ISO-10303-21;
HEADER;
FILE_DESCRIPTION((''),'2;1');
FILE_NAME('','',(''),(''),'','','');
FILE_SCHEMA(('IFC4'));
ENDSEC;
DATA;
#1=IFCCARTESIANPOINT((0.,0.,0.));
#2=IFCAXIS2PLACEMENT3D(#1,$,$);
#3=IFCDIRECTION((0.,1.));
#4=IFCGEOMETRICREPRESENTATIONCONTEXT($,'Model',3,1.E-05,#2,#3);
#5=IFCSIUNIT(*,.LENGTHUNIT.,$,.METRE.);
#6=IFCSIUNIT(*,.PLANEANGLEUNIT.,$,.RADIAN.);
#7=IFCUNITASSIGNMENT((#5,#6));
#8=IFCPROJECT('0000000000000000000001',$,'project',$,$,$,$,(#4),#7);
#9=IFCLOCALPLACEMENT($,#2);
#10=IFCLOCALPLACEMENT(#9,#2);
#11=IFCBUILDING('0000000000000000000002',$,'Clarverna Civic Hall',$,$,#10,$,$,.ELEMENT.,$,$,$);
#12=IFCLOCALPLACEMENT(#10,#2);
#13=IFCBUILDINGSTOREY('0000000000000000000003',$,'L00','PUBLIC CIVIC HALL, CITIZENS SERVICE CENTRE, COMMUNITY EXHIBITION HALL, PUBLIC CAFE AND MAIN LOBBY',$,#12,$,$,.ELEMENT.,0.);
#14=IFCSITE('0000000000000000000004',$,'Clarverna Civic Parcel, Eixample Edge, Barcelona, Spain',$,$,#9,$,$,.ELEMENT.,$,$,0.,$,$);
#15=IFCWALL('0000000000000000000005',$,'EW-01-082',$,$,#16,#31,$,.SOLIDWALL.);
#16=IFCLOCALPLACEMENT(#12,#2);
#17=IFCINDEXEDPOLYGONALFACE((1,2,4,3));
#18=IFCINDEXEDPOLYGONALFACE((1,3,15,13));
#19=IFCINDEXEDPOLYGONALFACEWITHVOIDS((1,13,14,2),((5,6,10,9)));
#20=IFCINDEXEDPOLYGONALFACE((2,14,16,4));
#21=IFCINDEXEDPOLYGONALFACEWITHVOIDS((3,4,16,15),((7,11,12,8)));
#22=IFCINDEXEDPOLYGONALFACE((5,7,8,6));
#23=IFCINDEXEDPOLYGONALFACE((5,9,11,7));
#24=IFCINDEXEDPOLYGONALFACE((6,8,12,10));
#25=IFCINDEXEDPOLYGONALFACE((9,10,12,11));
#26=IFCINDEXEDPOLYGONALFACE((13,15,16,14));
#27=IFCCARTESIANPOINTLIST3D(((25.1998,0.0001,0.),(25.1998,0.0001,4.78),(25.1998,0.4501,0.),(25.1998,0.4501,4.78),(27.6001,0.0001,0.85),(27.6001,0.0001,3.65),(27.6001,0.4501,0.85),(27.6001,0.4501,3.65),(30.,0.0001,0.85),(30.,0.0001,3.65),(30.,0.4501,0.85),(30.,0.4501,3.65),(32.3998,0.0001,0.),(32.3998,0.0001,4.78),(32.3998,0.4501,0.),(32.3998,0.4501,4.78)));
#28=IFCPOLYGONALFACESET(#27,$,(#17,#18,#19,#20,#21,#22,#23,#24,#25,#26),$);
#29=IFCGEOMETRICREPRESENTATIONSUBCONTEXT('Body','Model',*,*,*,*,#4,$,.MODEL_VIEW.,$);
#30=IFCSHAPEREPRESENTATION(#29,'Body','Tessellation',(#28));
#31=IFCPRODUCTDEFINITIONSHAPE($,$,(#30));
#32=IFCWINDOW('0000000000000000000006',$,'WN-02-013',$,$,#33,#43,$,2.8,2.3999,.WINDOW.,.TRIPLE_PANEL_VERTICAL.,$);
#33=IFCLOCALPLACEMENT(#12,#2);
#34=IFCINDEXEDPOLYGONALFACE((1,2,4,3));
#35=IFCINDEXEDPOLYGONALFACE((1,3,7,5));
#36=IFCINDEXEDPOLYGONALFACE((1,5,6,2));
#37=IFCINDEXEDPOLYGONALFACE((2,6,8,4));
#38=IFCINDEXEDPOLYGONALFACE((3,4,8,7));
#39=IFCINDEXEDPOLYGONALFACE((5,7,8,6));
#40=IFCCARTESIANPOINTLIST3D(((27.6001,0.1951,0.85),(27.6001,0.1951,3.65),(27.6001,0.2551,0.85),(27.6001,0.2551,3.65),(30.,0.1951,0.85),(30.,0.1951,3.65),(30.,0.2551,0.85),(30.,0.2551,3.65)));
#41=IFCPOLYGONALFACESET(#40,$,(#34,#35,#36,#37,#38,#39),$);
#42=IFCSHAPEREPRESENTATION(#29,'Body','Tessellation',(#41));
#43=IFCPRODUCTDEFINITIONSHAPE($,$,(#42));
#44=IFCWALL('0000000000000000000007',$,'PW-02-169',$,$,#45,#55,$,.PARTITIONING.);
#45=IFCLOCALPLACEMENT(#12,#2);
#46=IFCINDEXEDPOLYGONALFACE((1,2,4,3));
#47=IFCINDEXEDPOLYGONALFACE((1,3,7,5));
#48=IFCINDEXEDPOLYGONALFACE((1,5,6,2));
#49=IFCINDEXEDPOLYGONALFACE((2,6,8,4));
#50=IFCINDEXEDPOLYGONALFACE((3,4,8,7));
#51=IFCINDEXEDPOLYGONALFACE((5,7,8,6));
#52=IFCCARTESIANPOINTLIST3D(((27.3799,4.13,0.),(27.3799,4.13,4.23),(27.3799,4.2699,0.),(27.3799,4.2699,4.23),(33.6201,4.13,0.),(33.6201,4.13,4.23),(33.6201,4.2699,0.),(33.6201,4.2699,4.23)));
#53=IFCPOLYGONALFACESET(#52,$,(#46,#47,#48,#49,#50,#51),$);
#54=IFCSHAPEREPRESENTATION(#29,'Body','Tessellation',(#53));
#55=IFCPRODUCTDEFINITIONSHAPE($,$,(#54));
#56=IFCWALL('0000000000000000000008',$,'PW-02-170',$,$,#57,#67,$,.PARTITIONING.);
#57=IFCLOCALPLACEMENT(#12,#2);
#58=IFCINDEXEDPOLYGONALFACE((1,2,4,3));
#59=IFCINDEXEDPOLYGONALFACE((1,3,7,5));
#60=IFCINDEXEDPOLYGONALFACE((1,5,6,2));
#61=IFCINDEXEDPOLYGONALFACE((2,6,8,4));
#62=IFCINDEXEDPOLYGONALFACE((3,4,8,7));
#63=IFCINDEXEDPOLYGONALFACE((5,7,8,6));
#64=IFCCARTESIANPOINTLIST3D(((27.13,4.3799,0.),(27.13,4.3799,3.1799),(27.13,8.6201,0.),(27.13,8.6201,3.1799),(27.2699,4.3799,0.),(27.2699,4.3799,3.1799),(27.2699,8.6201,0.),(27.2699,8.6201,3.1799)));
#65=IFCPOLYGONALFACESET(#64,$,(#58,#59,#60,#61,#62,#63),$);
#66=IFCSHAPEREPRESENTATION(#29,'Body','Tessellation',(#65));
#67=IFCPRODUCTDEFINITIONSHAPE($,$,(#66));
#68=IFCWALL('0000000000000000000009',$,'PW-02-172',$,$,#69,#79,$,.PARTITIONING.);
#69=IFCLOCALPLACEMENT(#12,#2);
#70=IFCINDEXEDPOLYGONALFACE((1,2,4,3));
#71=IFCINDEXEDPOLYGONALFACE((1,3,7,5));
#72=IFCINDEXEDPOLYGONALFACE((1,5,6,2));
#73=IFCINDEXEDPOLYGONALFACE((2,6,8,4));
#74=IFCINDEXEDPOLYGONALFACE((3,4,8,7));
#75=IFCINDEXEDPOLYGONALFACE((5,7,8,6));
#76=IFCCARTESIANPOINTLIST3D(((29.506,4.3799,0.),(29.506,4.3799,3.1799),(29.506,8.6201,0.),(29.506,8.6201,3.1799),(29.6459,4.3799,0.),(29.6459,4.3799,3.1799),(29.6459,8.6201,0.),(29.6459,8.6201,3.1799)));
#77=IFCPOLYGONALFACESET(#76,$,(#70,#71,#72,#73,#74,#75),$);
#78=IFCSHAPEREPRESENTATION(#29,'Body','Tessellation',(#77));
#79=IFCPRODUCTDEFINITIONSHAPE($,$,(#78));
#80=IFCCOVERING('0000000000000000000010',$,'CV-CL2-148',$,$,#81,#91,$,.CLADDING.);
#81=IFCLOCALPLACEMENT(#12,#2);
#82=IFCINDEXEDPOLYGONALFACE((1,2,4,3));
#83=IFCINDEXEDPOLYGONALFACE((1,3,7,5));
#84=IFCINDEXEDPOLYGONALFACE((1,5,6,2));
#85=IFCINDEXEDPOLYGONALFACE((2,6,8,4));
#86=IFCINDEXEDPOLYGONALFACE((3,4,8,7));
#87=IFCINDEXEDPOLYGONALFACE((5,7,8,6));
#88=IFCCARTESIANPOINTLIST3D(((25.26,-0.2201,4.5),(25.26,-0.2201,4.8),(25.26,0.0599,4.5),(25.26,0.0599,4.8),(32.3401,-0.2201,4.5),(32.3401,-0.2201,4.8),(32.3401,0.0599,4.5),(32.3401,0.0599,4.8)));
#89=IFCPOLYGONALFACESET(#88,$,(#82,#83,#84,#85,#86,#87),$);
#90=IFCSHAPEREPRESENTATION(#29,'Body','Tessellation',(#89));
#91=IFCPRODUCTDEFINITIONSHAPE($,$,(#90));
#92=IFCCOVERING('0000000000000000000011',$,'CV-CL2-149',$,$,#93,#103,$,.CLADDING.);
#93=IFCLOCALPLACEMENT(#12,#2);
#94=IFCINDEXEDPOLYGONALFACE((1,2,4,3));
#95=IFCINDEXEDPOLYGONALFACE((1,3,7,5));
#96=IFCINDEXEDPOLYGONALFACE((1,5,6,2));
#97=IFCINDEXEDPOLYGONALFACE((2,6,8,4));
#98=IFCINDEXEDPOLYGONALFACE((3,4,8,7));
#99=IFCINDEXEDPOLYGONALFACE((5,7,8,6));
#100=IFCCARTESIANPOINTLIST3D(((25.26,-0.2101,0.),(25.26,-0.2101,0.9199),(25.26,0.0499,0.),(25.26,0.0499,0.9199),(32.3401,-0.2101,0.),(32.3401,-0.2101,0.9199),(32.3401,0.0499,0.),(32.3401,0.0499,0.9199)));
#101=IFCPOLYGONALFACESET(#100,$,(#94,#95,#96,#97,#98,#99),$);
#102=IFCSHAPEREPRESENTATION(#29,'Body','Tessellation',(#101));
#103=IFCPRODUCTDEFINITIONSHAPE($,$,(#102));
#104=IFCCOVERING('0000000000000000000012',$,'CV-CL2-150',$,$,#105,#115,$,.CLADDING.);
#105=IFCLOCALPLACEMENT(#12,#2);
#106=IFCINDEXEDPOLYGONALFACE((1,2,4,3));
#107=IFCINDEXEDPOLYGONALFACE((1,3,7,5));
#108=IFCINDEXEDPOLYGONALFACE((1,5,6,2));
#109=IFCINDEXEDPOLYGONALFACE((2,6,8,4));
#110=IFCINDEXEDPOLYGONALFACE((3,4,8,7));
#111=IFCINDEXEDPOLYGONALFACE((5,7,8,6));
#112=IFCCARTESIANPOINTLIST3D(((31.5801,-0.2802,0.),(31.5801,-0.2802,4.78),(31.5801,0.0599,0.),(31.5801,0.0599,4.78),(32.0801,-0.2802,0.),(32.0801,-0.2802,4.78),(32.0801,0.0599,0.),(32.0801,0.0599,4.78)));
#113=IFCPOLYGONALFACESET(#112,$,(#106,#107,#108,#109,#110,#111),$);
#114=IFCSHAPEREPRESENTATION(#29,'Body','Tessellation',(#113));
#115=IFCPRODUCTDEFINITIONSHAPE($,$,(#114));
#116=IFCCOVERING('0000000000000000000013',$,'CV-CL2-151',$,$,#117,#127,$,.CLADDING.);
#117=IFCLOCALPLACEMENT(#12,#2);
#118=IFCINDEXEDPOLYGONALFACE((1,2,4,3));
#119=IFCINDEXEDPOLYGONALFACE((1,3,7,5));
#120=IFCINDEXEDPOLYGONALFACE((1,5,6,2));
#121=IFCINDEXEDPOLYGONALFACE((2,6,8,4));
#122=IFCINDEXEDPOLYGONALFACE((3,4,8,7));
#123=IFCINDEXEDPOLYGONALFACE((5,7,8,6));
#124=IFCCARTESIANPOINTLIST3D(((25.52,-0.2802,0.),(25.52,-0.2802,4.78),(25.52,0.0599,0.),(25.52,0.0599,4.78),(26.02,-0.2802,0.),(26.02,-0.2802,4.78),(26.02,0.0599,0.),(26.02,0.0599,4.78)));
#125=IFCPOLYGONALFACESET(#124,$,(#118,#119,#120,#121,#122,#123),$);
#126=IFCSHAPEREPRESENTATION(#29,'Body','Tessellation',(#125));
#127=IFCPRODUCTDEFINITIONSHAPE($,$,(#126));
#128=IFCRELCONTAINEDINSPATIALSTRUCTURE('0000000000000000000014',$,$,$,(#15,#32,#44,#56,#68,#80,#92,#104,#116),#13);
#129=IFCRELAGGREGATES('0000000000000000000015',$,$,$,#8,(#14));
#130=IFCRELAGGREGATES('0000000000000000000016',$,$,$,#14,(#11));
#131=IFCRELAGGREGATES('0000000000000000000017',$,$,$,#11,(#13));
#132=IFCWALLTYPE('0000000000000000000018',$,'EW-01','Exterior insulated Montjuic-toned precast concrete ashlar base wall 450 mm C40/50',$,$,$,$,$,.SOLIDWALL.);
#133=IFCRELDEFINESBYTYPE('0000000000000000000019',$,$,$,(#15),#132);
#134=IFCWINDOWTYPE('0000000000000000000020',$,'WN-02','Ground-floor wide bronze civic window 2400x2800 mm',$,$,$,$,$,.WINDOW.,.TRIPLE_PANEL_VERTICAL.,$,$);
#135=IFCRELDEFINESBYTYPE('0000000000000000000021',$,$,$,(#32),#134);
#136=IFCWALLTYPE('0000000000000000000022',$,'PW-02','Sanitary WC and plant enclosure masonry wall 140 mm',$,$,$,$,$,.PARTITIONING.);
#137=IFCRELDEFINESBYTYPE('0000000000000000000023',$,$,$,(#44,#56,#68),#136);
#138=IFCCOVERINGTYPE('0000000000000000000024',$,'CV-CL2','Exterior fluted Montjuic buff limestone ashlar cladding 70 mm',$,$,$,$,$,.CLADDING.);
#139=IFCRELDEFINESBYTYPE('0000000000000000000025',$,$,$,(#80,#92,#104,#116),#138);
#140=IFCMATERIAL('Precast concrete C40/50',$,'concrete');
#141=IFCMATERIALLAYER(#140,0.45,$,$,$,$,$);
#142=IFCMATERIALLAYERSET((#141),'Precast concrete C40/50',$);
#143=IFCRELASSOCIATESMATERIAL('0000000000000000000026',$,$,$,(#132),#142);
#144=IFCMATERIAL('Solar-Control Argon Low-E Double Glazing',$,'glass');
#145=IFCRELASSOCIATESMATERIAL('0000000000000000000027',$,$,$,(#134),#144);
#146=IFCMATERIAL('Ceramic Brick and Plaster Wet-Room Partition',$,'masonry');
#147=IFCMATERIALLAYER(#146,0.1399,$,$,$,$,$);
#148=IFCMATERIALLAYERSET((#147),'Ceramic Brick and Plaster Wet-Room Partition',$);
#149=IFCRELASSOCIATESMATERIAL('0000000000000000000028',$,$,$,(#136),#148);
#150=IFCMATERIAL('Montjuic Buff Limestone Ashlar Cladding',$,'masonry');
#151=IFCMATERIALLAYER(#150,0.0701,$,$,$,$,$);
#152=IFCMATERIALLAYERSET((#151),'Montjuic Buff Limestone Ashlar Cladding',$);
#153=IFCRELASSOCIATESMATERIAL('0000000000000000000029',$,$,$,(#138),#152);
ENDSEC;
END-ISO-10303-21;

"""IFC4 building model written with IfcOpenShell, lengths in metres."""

from ifc_helpers import new_model, si_unit, direction, frame, frame_2d, origin, place, context, subcontext, project, spatial, rectangle, extrude, material, layer, layer_set, type_object, element, fill, save


model = new_model("IFC4")

# Units and contexts
model_context = context("Model", 3, precision=1e-05, world=origin(), true_north=direction((0.0, 1.0)))
body_context = subcontext(model_context, "Body", "Model", "MODEL_VIEW")
ifc_project = project(units=[si_unit("LENGTHUNIT", "METRE"), si_unit("PLANEANGLEUNIT", "RADIAN")], contexts=[model_context])

# Site, building, storey
site_placement = place(None, origin())
site = spatial("IfcSite", under=ifc_project, at=site_placement, Name="Clarverna Civic Parcel, Eixample Edge, Barcelona, Spain", CompositionType="ELEMENT", RefElevation=0.0)
building_placement = place(site_placement, origin())
building = spatial("IfcBuilding", under=site, at=building_placement, Name="Clarverna Civic Hall", CompositionType="ELEMENT")
storey_placement = place(building_placement, origin())
storey = spatial("IfcBuildingStorey", under=building, at=storey_placement, Name="L00", Description="PUBLIC CIVIC HALL, CITIZENS SERVICE CENTRE, COMMUNITY EXHIBITION HALL, PUBLIC CAFE AND MAIN LOBBY", CompositionType="ELEMENT", Elevation=0.0)

# Wall, opening, window
ifc_material_1 = material(Name="Precast concrete C40/50", Category="concrete")
ifc_layer_1 = layer(ifc_material_1, 0.45)
ifc_layer_set_1 = layer_set([ifc_layer_1], Name="Precast concrete C40/50")
wall_type_1 = type_object("IfcWallType", Name="EW-01", Description="Exterior insulated Montjuic-toned precast concrete ashlar base wall 450 mm C40/50", PredefinedType="SOLIDWALL", material=ifc_layer_set_1)
wall_1_placement = place(storey_placement, frame((32.3999, 0.2251, 0.0), z_axis=(0.0, 0.0, 1.0), x_axis=(-1.0, 0.0, 0.0)))
wall_1 = element("IfcWall", 1, at=wall_1_placement, inside=storey, type_object=wall_type_1, Name="EW-01-082", PredefinedType="SOLIDWALL", context=body_context, shape_type="SweptSolid", body=[
    extrude(rectangle(XDim=7.2, YDim=0.45, at=frame_2d((3.6001, 0.0))), origin(), (0.0, 0.0, 1.0), 4.78),
])
opening_1_placement = place(wall_1_placement, frame((2.3999, 0.0, 0.8501)))
opening_1 = element("IfcOpeningElement", 2, at=opening_1_placement, cuts=wall_1, PredefinedType="OPENING", context=body_context, shape_type="SweptSolid", body=[
    extrude(rectangle(XDim=2.3999, YDim=2.8, at=frame_2d((1.2, 1.3999))), frame((0.0, 0.2349, 0.0), z_axis=(0.0, -1.0, 0.0), x_axis=(1.0, 0.0, 0.0)), (0.0, 0.0, 1.0), 0.47),
])
ifc_material_2 = material(Name="Solar-Control Argon Low-E Double Glazing", Category="glass")
window_type = type_object("IfcWindowType", Name="WN-02", Description="Ground-floor wide bronze civic window 2400x2800 mm", PartitioningType="TRIPLE_PANEL_VERTICAL", PredefinedType="WINDOW", material=ifc_material_2)
window_placement = place(opening_1_placement, origin())
window = element("IfcWindow", 3, at=window_placement, inside=storey, type_object=window_type, Name="WN-02-013", OverallHeight=2.8, OverallWidth=2.3999, PartitioningType="TRIPLE_PANEL_VERTICAL", PredefinedType="WINDOW", context=body_context, shape_type="SweptSolid", body=[
    extrude(rectangle(XDim=2.3999, YDim=2.8, at=frame_2d((1.2, 1.3999))), frame((0.0, 0.03, 0.0), z_axis=(0.0, -1.0, 0.0), x_axis=(1.0, 0.0, 0.0)), (0.0, 0.0, 1.0), 0.0601),
])
fill(opening_1, window)

# Walls
ifc_material_3 = material(Name="Ceramic Brick and Plaster Wet-Room Partition", Category="masonry")
ifc_layer_2 = layer(ifc_material_3, 0.1399)
ifc_layer_set_2 = layer_set([ifc_layer_2], Name="Ceramic Brick and Plaster Wet-Room Partition")
wall_type_2 = type_object("IfcWallType", Name="PW-02", Description="Sanitary WC and plant enclosure masonry wall 140 mm", PredefinedType="PARTITIONING", material=ifc_layer_set_2)
wall_2_placement = place(storey_placement, frame((27.3799, 4.2, 0.0), z_axis=(0.0, 0.0, 1.0), x_axis=(1.0, 0.0, 0.0)))
element("IfcWall", 4, at=wall_2_placement, inside=storey, type_object=wall_type_2, Name="PW-02-169", PredefinedType="PARTITIONING", context=body_context, shape_type="SweptSolid", body=[
    extrude(rectangle(XDim=6.2402, YDim=0.1399, at=frame_2d((3.1201, 0.0))), origin(), (0.0, 0.0, 1.0), 4.23),
])
for number, where, z_axis, x_axis, name in (
    (5, (27.2, 4.3799, 0.0), (0.0, 0.0, 1.0), (0.0, 1.0, 0.0), "PW-02-170"),
    (6, (29.5759, 4.3799, 0.0), (0.0, 0.0, 1.0), (0.0, 1.0, 0.0), "PW-02-172"),
):
    element("IfcWall", number, at=place(storey_placement, frame(where, z_axis=z_axis, x_axis=x_axis)), inside=storey, type_object=wall_type_2, Name=name, PredefinedType="PARTITIONING", context=body_context, shape_type="SweptSolid", body=[
        extrude(rectangle(XDim=4.2402, YDim=0.1399, at=frame_2d((2.1201, 0.0))), origin(), (0.0, 0.0, 1.0), 3.1799),
    ])

# Coverings
ifc_material_4 = material(Name="Montjuic Buff Limestone Ashlar Cladding", Category="masonry")
ifc_layer_3 = layer(ifc_material_4, 0.0701)
ifc_layer_set_3 = layer_set([ifc_layer_3], Name="Montjuic Buff Limestone Ashlar Cladding")
covering_type = type_object("IfcCoveringType", Name="CV-CL2", Description="Exterior fluted Montjuic buff limestone ashlar cladding 70 mm", PredefinedType="CLADDING", material=ifc_layer_set_3)
covering_1_placement = place(storey_placement, frame((32.3401, -0.0801, 4.5), z_axis=(0.0, 0.0, 1.0), x_axis=(-1.0, 0.0, 0.0)))
element("IfcCovering", 7, at=covering_1_placement, inside=storey, type_object=covering_type, Name="CV-CL2-148", PredefinedType="CLADDING", context=body_context, shape_type="SweptSolid", body=[
    extrude(rectangle(XDim=7.0801, YDim=0.28, at=frame_2d((3.54, 0.0))), origin(), (0.0, 0.0, 1.0), 0.3),
])
covering_2_placement = place(storey_placement, frame((32.3401, -0.0801, 0.0), z_axis=(0.0, 0.0, 1.0), x_axis=(-1.0, 0.0, 0.0)))
element("IfcCovering", 8, at=covering_2_placement, inside=storey, type_object=covering_type, Name="CV-CL2-149", PredefinedType="CLADDING", context=body_context, shape_type="SweptSolid", body=[
    extrude(rectangle(XDim=7.0801, YDim=0.26, at=frame_2d((3.54, 0.0))), origin(), (0.0, 0.0, 1.0), 0.9199),
])
for number, where, z_axis, x_axis, name in (
    (9, (32.0801, -0.1101, 0.0), (0.0, 0.0, 1.0), (-1.0, 0.0, 0.0), "CV-CL2-150"),
    (10, (26.02, -0.1101, 0.0), (0.0, 0.0, 1.0), (-1.0, 0.0, 0.0), "CV-CL2-151"),
):
    element("IfcCovering", number, at=place(storey_placement, frame(where, z_axis=z_axis, x_axis=x_axis)), inside=storey, type_object=covering_type, Name=name, PredefinedType="CLADDING", context=body_context, shape_type="SweptSolid", body=[
        extrude(rectangle(XDim=0.5, YDim=0.3401, at=frame_2d((0.25, 0.0))), origin(), (0.0, 0.0, 1.0), 4.78),
    ])

save(model, "model.ifc")
